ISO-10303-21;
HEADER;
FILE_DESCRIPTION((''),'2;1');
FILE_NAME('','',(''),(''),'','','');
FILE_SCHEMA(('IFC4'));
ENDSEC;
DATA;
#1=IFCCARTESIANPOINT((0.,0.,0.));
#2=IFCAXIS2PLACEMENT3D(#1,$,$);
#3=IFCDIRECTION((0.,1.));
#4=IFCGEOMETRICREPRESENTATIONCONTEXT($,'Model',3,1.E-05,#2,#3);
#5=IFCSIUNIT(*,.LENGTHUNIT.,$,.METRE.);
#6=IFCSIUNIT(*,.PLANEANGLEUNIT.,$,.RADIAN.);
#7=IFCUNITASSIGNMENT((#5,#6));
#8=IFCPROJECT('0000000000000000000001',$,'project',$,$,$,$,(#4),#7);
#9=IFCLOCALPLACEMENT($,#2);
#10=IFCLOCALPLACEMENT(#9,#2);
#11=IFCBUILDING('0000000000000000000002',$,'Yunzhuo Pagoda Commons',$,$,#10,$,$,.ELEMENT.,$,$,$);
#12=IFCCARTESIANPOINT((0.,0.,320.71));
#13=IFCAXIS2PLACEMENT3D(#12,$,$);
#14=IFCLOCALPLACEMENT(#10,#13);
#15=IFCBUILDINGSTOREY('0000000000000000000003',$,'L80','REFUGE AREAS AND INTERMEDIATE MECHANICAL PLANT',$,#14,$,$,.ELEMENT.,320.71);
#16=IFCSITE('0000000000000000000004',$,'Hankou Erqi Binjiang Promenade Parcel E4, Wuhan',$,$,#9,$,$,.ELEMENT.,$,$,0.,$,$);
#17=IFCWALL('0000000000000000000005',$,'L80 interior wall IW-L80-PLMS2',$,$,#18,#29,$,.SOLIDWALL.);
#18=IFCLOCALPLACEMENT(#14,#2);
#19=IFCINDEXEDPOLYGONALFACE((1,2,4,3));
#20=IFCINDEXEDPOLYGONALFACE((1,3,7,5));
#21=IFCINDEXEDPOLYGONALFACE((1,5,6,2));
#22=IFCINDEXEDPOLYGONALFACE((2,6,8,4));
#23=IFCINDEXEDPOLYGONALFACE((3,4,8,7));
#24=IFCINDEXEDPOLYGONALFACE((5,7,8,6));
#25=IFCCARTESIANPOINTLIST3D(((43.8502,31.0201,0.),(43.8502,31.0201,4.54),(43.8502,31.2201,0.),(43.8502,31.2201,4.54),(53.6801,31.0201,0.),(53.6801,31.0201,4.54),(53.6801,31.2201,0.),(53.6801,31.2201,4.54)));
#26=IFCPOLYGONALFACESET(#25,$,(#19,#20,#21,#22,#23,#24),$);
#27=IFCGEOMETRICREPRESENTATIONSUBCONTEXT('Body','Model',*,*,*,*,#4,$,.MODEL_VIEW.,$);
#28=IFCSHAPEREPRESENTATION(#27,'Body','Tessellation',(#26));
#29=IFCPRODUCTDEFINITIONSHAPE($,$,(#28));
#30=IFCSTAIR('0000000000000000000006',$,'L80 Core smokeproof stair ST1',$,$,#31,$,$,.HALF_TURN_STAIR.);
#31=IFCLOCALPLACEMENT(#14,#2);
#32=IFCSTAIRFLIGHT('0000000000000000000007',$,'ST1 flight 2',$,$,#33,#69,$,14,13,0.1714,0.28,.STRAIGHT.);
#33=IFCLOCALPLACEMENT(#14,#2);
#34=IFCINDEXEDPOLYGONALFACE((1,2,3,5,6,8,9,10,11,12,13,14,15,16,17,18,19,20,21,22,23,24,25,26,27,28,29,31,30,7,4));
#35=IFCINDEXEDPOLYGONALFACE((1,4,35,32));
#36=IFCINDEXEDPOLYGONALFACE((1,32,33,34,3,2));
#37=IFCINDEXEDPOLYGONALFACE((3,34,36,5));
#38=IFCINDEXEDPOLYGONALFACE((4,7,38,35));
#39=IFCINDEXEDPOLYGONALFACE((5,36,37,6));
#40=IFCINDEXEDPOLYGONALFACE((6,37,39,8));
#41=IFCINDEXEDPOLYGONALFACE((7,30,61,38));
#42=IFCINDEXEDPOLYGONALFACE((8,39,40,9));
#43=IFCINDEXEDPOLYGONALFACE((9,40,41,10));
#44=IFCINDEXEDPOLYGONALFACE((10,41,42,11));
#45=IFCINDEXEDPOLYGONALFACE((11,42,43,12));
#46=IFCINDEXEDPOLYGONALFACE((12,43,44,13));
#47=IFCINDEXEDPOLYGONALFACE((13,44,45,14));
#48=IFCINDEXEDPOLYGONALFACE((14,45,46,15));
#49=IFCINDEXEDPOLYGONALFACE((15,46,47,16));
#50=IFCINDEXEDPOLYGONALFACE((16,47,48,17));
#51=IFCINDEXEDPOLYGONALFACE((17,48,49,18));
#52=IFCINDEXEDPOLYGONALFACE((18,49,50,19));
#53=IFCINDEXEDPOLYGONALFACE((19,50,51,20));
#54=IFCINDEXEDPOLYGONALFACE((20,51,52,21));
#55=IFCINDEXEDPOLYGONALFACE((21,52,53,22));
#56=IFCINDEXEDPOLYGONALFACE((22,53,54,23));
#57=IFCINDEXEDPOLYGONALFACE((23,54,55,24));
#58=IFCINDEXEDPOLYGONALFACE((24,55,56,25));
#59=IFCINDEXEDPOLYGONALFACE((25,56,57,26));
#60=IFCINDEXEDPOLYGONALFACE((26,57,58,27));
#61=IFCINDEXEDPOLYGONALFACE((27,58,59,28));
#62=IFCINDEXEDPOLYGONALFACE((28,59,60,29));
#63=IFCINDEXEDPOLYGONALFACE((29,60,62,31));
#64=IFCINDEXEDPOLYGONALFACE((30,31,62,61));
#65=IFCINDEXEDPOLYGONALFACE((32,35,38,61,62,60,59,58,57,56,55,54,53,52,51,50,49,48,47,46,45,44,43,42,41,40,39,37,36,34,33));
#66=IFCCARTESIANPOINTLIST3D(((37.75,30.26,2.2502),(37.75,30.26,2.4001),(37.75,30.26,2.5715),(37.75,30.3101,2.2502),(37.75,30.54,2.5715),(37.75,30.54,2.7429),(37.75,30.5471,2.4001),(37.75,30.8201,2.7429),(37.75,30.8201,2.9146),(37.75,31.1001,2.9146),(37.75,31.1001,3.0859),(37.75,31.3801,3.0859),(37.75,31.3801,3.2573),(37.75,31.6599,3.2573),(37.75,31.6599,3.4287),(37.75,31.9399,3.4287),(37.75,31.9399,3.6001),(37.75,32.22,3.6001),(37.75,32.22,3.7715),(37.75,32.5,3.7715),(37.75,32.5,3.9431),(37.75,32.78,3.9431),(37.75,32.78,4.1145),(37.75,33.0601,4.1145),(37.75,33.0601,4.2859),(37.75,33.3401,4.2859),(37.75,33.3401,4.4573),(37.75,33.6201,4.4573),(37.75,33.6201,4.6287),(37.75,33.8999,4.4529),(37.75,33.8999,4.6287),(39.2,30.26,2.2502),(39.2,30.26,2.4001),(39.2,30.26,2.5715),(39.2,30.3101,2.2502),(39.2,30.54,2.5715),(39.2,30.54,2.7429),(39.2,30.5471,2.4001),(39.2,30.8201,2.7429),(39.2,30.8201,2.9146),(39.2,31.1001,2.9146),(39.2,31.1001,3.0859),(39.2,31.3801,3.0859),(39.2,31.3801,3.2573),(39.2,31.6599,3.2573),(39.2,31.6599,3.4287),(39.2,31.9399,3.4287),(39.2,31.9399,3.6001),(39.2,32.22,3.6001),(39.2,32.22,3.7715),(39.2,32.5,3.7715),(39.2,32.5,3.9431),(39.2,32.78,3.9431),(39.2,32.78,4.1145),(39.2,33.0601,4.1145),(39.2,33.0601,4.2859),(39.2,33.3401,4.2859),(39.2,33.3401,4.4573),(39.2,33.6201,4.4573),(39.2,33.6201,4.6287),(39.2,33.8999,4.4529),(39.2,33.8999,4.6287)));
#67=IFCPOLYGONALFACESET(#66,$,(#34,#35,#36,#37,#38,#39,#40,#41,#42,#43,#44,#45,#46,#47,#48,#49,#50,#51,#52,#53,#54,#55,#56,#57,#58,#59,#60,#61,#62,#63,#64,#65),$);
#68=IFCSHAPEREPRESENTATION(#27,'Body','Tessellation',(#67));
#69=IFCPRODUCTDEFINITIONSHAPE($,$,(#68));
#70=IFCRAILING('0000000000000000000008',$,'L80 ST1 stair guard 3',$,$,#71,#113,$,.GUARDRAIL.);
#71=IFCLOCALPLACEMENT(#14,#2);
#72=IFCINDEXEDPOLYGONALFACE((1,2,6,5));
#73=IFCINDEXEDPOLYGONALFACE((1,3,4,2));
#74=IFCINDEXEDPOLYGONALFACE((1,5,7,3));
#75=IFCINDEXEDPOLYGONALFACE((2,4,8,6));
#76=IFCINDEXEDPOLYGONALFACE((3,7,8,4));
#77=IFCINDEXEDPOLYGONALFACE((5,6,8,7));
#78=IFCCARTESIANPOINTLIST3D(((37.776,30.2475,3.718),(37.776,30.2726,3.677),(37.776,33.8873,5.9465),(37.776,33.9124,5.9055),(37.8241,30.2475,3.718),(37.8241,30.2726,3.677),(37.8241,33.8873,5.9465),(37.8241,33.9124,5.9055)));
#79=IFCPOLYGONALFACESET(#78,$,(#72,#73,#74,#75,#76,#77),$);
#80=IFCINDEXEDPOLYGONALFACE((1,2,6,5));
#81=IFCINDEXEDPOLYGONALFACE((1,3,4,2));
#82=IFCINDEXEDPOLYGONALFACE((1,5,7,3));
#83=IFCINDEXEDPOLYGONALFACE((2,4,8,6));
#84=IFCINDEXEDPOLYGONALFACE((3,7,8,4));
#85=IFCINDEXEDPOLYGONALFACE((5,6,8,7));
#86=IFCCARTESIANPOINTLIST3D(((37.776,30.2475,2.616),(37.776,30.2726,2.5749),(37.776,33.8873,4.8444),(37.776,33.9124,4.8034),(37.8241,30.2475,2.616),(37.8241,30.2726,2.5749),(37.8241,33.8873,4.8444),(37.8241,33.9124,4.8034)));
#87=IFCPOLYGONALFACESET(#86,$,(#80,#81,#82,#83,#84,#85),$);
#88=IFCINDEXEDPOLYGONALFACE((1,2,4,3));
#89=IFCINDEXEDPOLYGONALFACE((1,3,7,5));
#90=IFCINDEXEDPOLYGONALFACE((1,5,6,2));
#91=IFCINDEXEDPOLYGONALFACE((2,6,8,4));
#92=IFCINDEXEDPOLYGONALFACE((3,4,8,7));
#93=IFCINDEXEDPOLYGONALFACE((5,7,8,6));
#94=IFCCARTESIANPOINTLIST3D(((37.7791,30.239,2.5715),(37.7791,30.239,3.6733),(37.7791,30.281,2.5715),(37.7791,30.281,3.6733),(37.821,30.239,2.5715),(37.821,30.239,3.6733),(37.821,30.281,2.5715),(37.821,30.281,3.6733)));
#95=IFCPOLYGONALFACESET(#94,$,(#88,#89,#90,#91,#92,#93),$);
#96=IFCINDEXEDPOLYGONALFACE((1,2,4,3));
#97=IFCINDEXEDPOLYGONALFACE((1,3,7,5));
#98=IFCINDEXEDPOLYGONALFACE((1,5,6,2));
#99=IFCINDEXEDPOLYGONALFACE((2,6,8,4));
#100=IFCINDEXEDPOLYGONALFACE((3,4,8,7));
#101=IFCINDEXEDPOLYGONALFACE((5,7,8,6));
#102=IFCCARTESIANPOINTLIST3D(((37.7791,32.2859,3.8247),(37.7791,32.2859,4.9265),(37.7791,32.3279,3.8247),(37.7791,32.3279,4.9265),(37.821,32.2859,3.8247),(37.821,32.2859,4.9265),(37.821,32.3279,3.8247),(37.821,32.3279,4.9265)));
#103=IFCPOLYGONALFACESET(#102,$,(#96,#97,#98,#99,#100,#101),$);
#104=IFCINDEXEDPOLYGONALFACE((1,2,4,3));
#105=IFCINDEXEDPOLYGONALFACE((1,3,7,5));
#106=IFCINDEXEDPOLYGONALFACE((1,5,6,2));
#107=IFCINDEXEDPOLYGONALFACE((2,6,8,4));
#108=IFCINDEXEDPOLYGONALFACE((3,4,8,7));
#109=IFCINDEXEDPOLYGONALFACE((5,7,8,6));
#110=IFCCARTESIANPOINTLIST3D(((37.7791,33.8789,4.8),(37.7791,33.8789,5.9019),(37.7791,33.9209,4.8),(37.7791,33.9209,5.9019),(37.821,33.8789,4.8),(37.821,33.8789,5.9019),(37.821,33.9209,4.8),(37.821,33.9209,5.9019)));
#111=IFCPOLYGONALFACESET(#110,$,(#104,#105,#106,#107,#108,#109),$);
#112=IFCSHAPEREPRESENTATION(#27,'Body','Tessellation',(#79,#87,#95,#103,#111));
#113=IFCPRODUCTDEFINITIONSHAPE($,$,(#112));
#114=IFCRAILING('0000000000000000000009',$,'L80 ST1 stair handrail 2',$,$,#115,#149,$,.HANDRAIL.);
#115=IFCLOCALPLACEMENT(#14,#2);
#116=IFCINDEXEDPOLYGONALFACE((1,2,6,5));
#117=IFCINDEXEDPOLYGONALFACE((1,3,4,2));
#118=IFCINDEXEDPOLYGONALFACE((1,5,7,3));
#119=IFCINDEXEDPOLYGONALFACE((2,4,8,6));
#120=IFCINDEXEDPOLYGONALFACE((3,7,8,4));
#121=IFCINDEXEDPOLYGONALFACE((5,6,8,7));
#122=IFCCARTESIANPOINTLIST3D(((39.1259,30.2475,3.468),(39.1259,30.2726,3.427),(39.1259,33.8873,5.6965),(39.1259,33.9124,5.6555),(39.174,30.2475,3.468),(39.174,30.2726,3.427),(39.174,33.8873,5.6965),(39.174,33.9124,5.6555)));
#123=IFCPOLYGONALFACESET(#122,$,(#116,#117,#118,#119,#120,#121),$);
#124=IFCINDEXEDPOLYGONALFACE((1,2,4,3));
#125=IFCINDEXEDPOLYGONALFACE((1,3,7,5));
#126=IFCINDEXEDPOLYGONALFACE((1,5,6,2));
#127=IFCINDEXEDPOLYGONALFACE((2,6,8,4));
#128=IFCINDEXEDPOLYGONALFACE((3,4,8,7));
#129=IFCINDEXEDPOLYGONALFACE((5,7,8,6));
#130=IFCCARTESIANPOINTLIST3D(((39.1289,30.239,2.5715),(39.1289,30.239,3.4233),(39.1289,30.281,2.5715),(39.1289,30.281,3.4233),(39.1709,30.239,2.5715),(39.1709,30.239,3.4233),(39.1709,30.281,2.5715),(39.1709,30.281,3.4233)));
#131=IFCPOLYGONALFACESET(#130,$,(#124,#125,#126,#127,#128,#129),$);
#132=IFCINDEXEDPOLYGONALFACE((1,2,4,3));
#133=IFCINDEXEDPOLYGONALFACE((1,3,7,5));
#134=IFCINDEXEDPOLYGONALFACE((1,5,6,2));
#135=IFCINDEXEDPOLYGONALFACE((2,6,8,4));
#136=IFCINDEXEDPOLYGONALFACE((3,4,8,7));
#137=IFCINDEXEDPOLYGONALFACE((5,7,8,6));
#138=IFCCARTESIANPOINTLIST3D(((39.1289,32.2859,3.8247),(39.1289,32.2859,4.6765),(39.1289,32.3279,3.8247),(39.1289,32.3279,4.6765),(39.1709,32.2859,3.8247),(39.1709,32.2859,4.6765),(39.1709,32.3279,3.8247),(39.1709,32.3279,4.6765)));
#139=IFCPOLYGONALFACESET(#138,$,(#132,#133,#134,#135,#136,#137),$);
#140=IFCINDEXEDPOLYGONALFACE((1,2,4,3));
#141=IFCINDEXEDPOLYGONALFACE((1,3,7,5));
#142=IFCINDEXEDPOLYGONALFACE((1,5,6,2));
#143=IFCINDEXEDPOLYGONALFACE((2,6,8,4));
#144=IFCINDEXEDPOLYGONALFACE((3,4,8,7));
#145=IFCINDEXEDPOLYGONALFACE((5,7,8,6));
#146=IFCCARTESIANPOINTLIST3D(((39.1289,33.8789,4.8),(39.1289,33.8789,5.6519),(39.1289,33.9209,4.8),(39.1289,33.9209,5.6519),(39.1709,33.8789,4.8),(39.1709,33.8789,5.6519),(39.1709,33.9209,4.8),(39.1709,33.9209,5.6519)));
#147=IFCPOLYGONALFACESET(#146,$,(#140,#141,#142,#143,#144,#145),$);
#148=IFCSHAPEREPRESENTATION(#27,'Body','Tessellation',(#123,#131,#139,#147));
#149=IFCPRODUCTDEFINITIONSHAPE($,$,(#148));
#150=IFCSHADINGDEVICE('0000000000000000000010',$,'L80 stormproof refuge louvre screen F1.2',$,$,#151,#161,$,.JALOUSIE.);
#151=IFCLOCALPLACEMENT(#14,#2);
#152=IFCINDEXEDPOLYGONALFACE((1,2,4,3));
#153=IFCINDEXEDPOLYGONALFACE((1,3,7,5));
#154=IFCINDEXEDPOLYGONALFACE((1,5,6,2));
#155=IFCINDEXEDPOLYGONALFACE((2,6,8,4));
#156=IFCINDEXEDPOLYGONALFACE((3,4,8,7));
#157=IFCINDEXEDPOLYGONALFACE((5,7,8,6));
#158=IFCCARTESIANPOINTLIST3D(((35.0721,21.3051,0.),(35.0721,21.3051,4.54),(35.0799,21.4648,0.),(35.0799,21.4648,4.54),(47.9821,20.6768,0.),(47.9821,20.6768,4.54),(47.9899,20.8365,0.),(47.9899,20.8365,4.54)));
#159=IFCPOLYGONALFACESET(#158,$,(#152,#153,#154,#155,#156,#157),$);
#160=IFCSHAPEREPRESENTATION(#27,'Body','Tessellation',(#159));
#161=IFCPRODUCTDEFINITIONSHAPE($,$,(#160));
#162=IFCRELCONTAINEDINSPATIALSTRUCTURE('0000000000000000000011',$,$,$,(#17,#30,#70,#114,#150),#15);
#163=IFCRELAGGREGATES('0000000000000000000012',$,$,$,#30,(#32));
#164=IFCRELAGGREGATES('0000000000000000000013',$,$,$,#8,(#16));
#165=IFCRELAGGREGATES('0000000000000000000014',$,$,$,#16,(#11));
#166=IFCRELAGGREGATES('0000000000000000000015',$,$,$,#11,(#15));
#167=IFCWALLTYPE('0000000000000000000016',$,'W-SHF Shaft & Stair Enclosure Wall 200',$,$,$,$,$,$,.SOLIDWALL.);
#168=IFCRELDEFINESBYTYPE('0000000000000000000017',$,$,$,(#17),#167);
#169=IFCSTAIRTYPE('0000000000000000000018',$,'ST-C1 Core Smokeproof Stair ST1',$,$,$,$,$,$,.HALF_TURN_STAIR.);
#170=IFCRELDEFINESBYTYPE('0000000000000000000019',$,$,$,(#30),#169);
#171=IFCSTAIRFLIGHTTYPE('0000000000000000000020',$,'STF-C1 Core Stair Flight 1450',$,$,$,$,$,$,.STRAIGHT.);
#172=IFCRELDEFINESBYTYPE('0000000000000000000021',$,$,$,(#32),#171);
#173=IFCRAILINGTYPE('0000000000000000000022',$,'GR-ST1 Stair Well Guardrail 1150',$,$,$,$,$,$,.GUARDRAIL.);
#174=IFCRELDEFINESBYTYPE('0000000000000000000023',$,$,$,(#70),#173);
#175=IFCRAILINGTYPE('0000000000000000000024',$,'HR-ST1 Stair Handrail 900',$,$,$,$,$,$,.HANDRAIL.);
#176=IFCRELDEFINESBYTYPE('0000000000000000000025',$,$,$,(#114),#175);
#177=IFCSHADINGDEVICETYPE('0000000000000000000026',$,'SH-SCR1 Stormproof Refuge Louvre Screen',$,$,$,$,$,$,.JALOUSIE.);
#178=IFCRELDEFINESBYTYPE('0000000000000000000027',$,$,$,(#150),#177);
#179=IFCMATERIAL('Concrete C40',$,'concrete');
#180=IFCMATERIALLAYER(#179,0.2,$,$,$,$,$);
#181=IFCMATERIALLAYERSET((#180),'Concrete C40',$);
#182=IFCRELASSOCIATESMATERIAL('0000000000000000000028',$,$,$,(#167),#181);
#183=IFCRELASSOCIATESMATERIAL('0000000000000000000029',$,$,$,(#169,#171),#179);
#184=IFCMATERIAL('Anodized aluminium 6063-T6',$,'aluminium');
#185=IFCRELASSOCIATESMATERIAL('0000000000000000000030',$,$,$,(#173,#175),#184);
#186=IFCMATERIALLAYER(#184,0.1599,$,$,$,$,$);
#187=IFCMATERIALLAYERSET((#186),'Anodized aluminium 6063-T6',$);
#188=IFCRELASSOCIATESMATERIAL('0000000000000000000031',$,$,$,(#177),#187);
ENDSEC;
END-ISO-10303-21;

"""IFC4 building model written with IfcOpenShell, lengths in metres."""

from ifc_helpers import new_model, si_unit, direction, frame, frame_2d, origin, origin_2d, place, context, subcontext, project, spatial, polyline, rectangle, outline, extrude, source, transform, mapped, material, layer, layer_set, type_object, element, aggregate, save


model = new_model("IFC4")

# Units and contexts
model_context = context("Model", 3, precision=1e-05, world=origin(), true_north=direction((0.0, 1.0)))
body_context = subcontext(model_context, "Body", "Model", "MODEL_VIEW")
ifc_project = project(units=[si_unit("LENGTHUNIT", "METRE"), si_unit("PLANEANGLEUNIT", "RADIAN")], contexts=[model_context])

# Site, building, storey
site_placement = place(None, origin())
site = spatial("IfcSite", under=ifc_project, at=site_placement, Name="Hankou Erqi Binjiang Promenade Parcel E4, Wuhan", CompositionType="ELEMENT", RefElevation=0.0)
building_placement = place(site_placement, origin())
building = spatial("IfcBuilding", under=site, at=building_placement, Name="Yunzhuo Pagoda Commons", CompositionType="ELEMENT")
storey_placement = place(building_placement, frame((0.0, 0.0, 320.71)))
storey = spatial("IfcBuildingStorey", under=building, at=storey_placement, Name="L80", Description="REFUGE AREAS AND INTERMEDIATE MECHANICAL PLANT", CompositionType="ELEMENT", Elevation=320.71)

# Shared definitions
ifc_material_1 = material(Name="Concrete C40", Category="concrete")
ifc_layer_1 = layer(ifc_material_1, 0.2)
ifc_layer_set_1 = layer_set([ifc_layer_1], Name="Concrete C40")
wall_type_1 = type_object("IfcWallType", Name="W-SHF Shaft & Stair Enclosure Wall 200", PredefinedType="SOLIDWALL", material=ifc_layer_set_1)

# Wall
wall_1_placement = place(storey_placement, frame((43.8501, 31.1201, 0.0), z_axis=(0.0, 0.0, 1.0), x_axis=(1.0, 0.0, 0.0)))
element("IfcWall", 1, at=wall_1_placement, inside=storey, type_object=wall_type_1, Name="L80 interior wall IW-L80-PLMS2", PredefinedType="SOLIDWALL", context=body_context, shape_type="SweptSolid", body=[
    extrude(rectangle(XDim=9.8298, YDim=0.2, at=frame_2d((4.915, 0.0))), origin(), (0.0, 0.0, 1.0), 4.54),
])

# Stair, stair flight
stair_type = type_object("IfcStairType", Name="ST-C1 Core Smokeproof Stair ST1", PredefinedType="HALF_TURN_STAIR", material=ifc_material_1)
stair_placement = place(storey_placement, origin())
stair = element("IfcStair", 2, at=stair_placement, inside=storey, type_object=stair_type, Name="L80 Core smokeproof stair ST1", PredefinedType="HALF_TURN_STAIR")
stair_flight_type = type_object("IfcStairFlightType", Name="STF-C1 Core Stair Flight 1450", PredefinedType="STRAIGHT", material=ifc_material_1)
shared_shape_1 = source(origin(), body_context, "Body", "SweptSolid", [
    extrude(outline(polyline([(0.0, -0.1499), (0.0, 0.0), (0.0, 0.1714), (0.28, 0.1714), (0.28, 0.3428), (0.5601, 0.3428), (0.5601, 0.5144), (0.8401, 0.5144), (0.8401, 0.6858), (1.1201, 0.6858), (1.1201, 0.8572), (1.3999, 0.8572), (1.3999, 1.0286), (1.6799, 1.0286), (1.6799, 1.2), (1.96, 1.2), (1.96, 1.3713), (2.24, 1.3713), (2.24, 1.543), (2.52, 1.543), (2.52, 1.7144), (2.8, 1.7144), (2.8, 1.8857), (3.0801, 1.8857), (3.0801, 2.0571), (3.3601, 2.0571), (3.3601, 2.2285), (3.6399, 2.2285), (3.6399, 2.3999), (3.6399, 2.0527), (0.2871, 0.0), (0.05, -0.1499), (0.0, -0.1499)])), frame((0.0, 0.7251, 0.0), z_axis=(0.0, -1.0, 0.0), x_axis=(1.0, 0.0, 0.0)), (0.0, 0.0, 1.0), 1.45),
])
stair_flight_placement = place(storey_placement, frame((38.4751, 30.26, 2.4001), z_axis=(0.0, 0.0, 1.0), x_axis=(0.0, 1.0, 0.0)))
stair_flight = element("IfcStairFlight", 3, at=stair_flight_placement, type_object=stair_flight_type, Name="ST1 flight 2", NumberOfRisers=14, NumberOfTreads=13, PredefinedType="STRAIGHT", RiserHeight=0.1714, TreadLength=0.28, context=body_context, shape_type="MappedRepresentation", body=[
    mapped(shared_shape_1, transform((0.0, 0.0, 0.0), scale=1.0)),
])
aggregate(stair, [stair_flight])

# Railings
ifc_material_2 = material(Name="Anodized aluminium 6063-T6", Category="aluminium")
railing_type_1 = type_object("IfcRailingType", Name="GR-ST1 Stair Well Guardrail 1150", PredefinedType="GUARDRAIL", material=ifc_material_2)
railing_1_placement = place(storey_placement, frame((37.8, 30.26, 2.5715)))
element("IfcRailing", 4, at=railing_1_placement, inside=storey, type_object=railing_type_1, Name="L80 ST1 stair guard 3", PredefinedType="GUARDRAIL", context=body_context, shape_type="SweptSolid", body=[
    extrude(rectangle(XDim=0.0481, YDim=0.0481, at=origin_2d()), frame((0.0, 0.0, 1.126), z_axis=(0.0, 0.85285, 0.522156), x_axis=(-1.0, 0.0, 0.0)), (0.0, 0.0, 1.0), 4.2678),
    extrude(rectangle(XDim=0.0481, YDim=0.0481, at=origin_2d()), frame((0.0, 0.0, 0.0239), z_axis=(0.0, 0.85285, 0.522156), x_axis=(-1.0, 0.0, 0.0)), (0.0, 0.0, 1.0), 4.2678),
    extrude(rectangle(XDim=0.042, YDim=0.042, at=origin_2d()), origin(), (0.0, 0.0, 1.0), 1.1018),
    extrude(rectangle(XDim=0.042, YDim=0.042, at=origin_2d()), frame((0.0, 2.0469, 1.2532)), (0.0, 0.0, 1.0), 1.1018),
    extrude(rectangle(XDim=0.042, YDim=0.042, at=origin_2d()), frame((0.0, 3.6399, 2.2285)), (0.0, 0.0, 1.0), 1.1018),
])
railing_type_2 = type_object("IfcRailingType", Name="HR-ST1 Stair Handrail 900", PredefinedType="HANDRAIL", material=ifc_material_2)
railing_2_placement = place(storey_placement, frame((39.1499, 30.26, 2.5715)))
element("IfcRailing", 5, at=railing_2_placement, inside=storey, type_object=railing_type_2, Name="L80 ST1 stair handrail 2", PredefinedType="HANDRAIL", context=body_context, shape_type="SweptSolid", body=[
    extrude(rectangle(XDim=0.0481, YDim=0.0481, at=origin_2d()), frame((0.0, 0.0, 0.876), z_axis=(0.0, 0.85285, 0.522156), x_axis=(-1.0, 0.0, 0.0)), (0.0, 0.0, 1.0), 4.2678),
    extrude(rectangle(XDim=0.042, YDim=0.042, at=origin_2d()), origin(), (0.0, 0.0, 1.0), 0.8518),
    extrude(rectangle(XDim=0.042, YDim=0.042, at=origin_2d()), frame((0.0, 2.0469, 1.2532)), (0.0, 0.0, 1.0), 0.8518),
    extrude(rectangle(XDim=0.042, YDim=0.042, at=origin_2d()), frame((0.0, 3.6399, 2.2285)), (0.0, 0.0, 1.0), 0.8518),
])

# Shading device
ifc_layer_2 = layer(ifc_material_2, 0.1599)
ifc_layer_set_2 = layer_set([ifc_layer_2], Name="Anodized aluminium 6063-T6")
shading_device_type = type_object("IfcShadingDeviceType", Name="SH-SCR1 Stormproof Refuge Louvre Screen", PredefinedType="JALOUSIE", material=ifc_layer_set_2)
shared_shape_2 = source(origin(), body_context, "Body", "SweptSolid", [
    extrude(rectangle(XDim=12.9253, YDim=0.1599, at=origin_2d()), origin(), (0.0, 0.0, 1.0), 4.54),
])
shading_device_placement = place(storey_placement, frame((41.531, 21.0708, 0.0), z_axis=(0.0, 0.0, 1.0), x_axis=(0.998818, -0.048606, 0.0)))
element("IfcShadingDevice", 6, at=shading_device_placement, inside=storey, type_object=shading_device_type, Name="L80 stormproof refuge louvre screen F1.2", PredefinedType="JALOUSIE", context=body_context, shape_type="MappedRepresentation", body=[
    mapped(shared_shape_2, transform((0.0, 0.0, 0.0), scale=1.0)),
])

save(model, "model.ifc")
